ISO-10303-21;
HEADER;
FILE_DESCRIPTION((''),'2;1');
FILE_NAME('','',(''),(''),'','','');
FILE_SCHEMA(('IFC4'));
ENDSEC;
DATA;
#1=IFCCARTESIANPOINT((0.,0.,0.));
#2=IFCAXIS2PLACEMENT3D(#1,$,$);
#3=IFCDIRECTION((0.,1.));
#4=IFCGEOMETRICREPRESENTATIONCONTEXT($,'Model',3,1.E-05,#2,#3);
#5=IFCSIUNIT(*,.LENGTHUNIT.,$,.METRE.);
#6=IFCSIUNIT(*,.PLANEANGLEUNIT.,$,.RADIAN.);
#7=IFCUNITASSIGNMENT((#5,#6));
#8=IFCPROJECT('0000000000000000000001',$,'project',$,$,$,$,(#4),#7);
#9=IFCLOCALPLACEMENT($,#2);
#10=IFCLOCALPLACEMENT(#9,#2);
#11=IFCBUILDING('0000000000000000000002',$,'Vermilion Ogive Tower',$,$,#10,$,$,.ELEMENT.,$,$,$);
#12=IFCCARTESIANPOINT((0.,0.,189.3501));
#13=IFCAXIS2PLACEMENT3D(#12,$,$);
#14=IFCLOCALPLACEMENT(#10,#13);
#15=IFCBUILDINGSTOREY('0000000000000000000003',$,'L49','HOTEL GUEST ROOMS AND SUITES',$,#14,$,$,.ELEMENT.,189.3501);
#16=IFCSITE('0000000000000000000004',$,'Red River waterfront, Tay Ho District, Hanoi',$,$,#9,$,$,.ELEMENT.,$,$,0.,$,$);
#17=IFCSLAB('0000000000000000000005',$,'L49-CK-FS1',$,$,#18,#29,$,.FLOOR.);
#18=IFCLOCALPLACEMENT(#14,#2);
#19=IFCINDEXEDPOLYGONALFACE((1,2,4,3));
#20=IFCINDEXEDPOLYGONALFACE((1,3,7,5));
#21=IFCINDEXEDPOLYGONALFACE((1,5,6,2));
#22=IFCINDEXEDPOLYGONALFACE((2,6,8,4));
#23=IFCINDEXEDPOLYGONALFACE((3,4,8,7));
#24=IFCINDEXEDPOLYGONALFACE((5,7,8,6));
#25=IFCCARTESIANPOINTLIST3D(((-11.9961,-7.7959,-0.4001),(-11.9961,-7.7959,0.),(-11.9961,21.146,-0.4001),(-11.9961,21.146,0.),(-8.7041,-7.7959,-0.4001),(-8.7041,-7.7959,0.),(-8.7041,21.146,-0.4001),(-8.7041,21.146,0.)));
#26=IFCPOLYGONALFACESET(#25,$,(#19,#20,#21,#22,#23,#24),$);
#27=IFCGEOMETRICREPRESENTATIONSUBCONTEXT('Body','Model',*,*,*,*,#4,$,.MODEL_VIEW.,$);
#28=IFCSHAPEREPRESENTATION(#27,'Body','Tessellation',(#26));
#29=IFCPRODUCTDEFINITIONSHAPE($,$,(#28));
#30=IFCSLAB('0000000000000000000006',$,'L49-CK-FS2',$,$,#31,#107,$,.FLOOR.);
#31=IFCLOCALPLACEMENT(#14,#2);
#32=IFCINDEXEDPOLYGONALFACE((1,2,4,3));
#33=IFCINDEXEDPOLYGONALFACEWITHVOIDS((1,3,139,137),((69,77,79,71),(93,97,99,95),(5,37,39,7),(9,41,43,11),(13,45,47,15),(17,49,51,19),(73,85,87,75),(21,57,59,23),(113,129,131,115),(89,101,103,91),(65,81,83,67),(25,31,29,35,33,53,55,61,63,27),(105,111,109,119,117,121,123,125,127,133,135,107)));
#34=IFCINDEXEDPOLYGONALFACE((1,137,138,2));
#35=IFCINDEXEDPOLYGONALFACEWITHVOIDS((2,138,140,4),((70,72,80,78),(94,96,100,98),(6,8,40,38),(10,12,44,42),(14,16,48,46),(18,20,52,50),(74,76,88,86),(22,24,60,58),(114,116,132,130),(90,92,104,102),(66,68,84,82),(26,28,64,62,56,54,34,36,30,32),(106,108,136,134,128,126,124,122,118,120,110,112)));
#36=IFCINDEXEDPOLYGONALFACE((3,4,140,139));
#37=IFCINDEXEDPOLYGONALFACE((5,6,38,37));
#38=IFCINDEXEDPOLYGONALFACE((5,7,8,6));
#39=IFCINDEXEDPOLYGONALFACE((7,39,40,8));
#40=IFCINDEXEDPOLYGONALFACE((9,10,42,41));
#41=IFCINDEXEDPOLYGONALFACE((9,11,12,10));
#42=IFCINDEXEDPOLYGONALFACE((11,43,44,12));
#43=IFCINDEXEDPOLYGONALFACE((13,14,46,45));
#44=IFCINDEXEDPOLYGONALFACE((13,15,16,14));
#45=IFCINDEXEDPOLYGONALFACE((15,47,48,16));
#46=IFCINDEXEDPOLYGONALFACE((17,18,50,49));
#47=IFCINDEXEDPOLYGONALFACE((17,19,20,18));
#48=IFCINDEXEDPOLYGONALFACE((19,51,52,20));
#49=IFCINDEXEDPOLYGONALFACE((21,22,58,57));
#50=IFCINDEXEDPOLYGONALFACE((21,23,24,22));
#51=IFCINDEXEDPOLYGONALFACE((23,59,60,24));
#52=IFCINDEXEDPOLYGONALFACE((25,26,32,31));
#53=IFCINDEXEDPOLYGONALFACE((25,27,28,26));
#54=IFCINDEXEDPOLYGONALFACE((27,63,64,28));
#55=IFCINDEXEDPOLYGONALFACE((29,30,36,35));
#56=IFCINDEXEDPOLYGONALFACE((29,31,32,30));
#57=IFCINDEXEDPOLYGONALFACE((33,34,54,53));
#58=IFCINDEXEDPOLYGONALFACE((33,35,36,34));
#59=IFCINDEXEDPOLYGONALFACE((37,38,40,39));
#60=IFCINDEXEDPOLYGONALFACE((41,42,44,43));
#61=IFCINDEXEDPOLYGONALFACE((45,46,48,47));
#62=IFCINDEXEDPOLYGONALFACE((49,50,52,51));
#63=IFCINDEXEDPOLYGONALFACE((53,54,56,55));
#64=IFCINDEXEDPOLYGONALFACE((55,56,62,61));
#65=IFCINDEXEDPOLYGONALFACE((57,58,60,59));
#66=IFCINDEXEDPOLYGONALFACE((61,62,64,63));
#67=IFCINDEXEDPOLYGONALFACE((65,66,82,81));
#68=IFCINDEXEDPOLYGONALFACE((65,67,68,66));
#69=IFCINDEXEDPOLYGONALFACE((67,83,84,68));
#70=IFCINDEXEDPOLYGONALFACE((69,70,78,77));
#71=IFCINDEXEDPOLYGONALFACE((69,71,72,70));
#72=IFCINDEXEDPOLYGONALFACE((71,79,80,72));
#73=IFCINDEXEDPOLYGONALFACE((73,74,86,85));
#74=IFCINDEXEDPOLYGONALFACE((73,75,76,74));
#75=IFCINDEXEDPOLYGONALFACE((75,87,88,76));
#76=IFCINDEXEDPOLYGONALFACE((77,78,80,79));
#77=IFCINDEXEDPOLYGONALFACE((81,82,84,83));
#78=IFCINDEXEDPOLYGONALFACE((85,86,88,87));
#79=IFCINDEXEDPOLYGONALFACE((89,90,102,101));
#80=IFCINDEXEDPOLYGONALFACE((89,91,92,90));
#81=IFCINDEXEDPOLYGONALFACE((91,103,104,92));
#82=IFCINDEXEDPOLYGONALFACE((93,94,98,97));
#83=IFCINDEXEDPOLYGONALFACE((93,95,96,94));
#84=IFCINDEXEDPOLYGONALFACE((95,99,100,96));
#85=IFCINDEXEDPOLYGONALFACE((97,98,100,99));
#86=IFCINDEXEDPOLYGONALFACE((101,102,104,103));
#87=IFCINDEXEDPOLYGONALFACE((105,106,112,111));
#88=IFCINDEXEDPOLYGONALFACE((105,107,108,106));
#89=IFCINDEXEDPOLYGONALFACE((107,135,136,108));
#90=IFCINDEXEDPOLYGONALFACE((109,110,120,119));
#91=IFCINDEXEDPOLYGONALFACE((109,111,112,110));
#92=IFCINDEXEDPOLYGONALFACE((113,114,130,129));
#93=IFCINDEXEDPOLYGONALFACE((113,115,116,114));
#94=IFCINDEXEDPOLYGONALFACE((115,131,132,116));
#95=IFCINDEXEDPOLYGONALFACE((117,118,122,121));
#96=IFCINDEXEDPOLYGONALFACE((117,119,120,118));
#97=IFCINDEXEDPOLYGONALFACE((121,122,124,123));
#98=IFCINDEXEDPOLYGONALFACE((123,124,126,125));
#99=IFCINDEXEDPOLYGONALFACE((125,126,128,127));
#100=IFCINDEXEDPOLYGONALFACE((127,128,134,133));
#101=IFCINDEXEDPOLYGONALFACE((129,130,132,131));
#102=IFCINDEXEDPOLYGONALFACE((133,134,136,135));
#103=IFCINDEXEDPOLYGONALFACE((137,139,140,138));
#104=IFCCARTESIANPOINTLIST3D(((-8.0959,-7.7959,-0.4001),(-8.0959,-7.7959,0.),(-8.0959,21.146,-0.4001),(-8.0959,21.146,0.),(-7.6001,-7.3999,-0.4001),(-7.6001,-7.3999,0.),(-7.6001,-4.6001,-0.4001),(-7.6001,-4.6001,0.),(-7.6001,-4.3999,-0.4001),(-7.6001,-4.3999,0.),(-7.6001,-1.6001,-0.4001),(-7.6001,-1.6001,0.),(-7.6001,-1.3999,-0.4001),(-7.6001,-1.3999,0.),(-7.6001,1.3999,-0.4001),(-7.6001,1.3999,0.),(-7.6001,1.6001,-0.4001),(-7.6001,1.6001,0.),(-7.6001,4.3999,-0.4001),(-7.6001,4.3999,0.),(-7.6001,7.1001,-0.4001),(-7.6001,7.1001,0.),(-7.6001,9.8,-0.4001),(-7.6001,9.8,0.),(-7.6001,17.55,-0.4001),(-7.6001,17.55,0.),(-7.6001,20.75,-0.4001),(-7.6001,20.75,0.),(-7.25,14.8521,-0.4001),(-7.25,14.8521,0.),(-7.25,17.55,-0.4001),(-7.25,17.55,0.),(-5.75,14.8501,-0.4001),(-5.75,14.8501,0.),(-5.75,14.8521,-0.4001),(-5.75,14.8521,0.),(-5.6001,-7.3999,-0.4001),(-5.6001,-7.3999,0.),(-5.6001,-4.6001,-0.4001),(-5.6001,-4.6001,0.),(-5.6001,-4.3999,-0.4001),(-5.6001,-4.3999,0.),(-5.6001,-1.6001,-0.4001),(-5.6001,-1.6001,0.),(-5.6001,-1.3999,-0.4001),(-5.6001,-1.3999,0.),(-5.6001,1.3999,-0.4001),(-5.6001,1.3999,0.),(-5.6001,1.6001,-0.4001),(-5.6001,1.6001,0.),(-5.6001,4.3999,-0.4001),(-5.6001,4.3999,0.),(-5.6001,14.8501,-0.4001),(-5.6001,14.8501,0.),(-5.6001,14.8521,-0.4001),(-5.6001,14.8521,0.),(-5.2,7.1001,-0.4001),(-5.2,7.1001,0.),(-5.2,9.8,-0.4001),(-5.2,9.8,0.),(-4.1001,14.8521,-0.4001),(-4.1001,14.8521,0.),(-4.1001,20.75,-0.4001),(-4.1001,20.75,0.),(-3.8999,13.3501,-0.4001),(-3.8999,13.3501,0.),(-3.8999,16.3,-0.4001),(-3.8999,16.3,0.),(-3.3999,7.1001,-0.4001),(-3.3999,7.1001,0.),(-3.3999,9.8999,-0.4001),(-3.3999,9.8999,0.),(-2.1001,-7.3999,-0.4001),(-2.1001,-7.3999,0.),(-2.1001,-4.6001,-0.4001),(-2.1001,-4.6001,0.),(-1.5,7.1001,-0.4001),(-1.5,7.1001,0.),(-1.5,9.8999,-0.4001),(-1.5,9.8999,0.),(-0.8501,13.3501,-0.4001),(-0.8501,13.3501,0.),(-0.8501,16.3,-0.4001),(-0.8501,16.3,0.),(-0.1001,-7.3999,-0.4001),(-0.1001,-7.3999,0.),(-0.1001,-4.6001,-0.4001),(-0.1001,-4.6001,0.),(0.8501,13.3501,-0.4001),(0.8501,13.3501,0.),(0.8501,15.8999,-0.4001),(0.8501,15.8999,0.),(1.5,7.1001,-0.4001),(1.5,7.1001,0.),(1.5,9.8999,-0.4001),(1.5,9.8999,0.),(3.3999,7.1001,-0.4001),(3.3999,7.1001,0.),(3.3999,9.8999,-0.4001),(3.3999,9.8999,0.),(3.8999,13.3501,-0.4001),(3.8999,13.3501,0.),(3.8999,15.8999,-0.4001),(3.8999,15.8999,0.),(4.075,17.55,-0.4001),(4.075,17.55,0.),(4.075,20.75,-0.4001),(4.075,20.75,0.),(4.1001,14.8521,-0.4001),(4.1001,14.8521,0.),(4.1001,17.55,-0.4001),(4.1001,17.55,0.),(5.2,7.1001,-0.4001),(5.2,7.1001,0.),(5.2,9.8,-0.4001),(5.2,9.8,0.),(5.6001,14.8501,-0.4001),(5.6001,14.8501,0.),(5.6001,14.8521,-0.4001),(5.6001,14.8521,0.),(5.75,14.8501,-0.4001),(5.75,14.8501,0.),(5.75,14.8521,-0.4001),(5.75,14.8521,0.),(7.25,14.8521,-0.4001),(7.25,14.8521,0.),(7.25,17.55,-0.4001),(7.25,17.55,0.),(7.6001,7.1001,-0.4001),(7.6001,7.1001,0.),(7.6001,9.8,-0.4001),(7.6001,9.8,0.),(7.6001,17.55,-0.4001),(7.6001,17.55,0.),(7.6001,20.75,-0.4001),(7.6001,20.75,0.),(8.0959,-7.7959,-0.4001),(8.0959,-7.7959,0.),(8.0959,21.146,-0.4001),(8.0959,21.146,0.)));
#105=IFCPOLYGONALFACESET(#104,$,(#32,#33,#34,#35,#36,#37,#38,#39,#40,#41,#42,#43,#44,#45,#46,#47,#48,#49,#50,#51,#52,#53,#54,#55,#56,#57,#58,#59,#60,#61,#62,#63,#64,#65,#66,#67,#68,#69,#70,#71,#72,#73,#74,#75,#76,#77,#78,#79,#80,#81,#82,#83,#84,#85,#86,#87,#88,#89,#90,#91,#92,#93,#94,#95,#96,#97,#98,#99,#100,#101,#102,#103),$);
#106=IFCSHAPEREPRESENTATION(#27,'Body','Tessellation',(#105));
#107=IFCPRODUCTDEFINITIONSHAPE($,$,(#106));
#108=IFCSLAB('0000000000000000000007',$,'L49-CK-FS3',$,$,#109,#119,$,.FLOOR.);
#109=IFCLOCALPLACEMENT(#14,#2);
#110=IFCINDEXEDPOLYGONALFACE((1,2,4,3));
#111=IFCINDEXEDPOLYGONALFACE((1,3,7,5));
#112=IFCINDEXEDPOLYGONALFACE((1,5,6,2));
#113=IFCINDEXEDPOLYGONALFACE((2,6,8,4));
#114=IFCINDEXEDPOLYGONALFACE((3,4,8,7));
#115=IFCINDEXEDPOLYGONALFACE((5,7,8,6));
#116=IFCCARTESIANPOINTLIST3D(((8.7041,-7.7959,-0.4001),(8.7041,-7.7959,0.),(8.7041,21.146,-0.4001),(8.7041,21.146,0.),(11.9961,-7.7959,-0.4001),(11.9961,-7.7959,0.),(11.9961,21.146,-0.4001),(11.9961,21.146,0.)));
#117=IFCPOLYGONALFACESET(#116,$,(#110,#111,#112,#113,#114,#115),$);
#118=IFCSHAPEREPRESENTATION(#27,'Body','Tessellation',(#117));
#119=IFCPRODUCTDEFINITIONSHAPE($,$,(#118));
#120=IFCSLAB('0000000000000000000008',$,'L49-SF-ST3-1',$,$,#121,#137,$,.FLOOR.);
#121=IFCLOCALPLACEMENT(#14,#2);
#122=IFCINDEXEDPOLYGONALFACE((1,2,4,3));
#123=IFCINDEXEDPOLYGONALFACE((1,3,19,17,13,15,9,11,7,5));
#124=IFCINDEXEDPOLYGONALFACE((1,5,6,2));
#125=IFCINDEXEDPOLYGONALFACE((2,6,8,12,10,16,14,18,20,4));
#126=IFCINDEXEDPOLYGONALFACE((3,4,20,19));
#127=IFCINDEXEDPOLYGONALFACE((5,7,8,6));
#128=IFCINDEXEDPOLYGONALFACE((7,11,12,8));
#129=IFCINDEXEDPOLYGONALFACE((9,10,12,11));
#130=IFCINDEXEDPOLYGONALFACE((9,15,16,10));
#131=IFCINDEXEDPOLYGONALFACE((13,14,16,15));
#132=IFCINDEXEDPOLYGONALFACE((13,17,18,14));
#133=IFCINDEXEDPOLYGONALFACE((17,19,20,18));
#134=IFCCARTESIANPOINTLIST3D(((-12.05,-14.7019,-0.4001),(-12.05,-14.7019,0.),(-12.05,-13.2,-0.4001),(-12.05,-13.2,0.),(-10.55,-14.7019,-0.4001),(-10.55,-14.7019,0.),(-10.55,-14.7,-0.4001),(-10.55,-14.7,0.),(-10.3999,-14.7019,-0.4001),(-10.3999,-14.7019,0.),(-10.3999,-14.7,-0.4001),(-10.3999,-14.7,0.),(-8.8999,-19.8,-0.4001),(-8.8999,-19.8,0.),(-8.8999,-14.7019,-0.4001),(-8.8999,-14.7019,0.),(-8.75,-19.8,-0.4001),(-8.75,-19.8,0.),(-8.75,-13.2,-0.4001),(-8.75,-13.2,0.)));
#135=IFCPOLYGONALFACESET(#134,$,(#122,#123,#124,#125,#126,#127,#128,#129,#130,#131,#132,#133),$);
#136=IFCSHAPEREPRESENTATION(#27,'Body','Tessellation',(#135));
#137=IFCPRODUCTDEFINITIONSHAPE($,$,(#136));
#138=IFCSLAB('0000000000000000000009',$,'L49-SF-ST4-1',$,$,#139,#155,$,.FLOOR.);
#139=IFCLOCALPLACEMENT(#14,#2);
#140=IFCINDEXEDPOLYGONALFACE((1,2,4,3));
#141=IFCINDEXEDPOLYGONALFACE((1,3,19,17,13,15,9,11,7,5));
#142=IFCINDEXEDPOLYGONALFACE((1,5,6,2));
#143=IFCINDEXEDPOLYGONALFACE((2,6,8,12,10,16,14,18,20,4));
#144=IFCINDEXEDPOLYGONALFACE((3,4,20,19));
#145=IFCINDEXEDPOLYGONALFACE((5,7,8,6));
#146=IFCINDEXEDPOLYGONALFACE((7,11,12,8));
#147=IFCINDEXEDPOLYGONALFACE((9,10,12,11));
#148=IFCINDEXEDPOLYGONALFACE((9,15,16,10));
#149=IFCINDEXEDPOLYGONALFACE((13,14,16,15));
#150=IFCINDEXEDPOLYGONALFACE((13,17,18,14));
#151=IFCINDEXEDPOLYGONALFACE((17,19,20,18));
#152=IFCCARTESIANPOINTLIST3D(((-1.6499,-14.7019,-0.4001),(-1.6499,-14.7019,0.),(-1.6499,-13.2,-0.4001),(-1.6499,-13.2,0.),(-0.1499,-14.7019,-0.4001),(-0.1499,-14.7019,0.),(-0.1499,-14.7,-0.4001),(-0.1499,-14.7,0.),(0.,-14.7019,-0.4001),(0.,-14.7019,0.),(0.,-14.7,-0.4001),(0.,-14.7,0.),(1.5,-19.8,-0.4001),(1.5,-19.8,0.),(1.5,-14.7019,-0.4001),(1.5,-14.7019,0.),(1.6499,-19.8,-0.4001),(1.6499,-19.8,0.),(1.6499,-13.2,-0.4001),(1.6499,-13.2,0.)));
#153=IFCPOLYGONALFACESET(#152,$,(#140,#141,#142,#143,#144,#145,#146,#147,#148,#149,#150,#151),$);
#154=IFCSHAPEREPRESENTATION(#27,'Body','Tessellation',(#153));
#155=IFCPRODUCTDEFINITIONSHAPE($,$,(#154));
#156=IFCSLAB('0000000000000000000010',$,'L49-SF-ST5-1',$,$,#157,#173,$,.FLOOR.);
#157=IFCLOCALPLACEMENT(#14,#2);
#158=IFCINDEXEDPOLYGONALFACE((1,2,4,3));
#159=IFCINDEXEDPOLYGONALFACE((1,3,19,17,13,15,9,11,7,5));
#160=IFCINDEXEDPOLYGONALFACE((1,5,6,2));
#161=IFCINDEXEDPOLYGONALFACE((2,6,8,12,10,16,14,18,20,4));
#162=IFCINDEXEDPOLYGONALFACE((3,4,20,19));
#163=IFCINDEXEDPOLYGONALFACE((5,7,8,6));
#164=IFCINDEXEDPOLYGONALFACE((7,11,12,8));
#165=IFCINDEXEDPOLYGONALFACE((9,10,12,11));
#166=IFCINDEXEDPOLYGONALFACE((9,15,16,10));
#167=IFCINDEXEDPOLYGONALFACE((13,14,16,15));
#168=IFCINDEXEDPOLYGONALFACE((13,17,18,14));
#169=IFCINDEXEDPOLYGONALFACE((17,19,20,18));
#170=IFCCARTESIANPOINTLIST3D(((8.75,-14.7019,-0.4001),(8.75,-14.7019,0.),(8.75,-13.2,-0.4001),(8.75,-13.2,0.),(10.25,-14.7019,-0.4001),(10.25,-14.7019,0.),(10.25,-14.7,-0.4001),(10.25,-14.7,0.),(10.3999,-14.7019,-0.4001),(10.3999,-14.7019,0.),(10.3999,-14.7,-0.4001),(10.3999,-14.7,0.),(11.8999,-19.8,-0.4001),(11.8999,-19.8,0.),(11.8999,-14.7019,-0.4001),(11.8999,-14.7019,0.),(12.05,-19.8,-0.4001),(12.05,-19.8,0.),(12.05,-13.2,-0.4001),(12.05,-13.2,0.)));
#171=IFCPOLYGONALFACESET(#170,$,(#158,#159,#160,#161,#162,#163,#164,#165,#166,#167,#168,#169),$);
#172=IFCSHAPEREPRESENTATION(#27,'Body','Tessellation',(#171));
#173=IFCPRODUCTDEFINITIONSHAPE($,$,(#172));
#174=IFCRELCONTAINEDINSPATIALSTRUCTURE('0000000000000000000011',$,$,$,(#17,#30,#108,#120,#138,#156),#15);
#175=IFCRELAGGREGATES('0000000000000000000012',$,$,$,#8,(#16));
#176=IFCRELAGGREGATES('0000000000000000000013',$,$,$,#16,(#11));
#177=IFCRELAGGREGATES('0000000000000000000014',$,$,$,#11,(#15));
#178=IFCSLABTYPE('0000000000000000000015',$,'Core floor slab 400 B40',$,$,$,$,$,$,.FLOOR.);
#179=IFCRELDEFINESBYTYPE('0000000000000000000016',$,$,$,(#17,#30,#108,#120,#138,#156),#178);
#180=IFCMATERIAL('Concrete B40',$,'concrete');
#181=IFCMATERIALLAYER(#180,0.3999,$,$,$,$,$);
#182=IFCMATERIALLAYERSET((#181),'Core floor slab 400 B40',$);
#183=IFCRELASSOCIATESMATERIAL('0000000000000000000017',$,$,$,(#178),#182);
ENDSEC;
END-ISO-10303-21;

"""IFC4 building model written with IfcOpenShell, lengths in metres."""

from ifc_helpers import new_model, si_unit, direction, frame, origin, place, context, subcontext, project, spatial, polyline, outline, extrude, material, layer, layer_set, type_object, element, save


model = new_model("IFC4")

# Units and contexts
model_context = context("Model", 3, precision=1e-05, world=origin(), true_north=direction((0.0, 1.0)))
body_context = subcontext(model_context, "Body", "Model", "MODEL_VIEW")
ifc_project = project(units=[si_unit("LENGTHUNIT", "METRE"), si_unit("PLANEANGLEUNIT", "RADIAN")], contexts=[model_context])

# Site, building, storey
site_placement = place(None, origin())
site = spatial("IfcSite", under=ifc_project, at=site_placement, Name="Red River waterfront, Tay Ho District, Hanoi", CompositionType="ELEMENT", RefElevation=0.0)
building_placement = place(site_placement, origin())
building = spatial("IfcBuilding", under=site, at=building_placement, Name="Vermilion Ogive Tower", CompositionType="ELEMENT")
storey_placement = place(building_placement, frame((0.0, 0.0, 189.3501)))
storey = spatial("IfcBuildingStorey", under=building, at=storey_placement, Name="L49", Description="HOTEL GUEST ROOMS AND SUITES", CompositionType="ELEMENT", Elevation=189.3501)

# Slabs
ifc_material_1 = material(Name="Concrete B40", Category="concrete")
ifc_layer_1 = layer(ifc_material_1, 0.3999)
ifc_layer_set_1 = layer_set([ifc_layer_1], Name="Core floor slab 400 B40")
slab_type_1 = type_object("IfcSlabType", Name="Core floor slab 400 B40", PredefinedType="FLOOR", material=ifc_layer_set_1)
slab_1_placement = place(storey_placement, frame((0.0, 0.0, -0.4001)))
element("IfcSlab", 1, at=slab_1_placement, inside=storey, type_object=slab_type_1, Name="L49-CK-FS1", PredefinedType="FLOOR", context=body_context, shape_type="SweptSolid", body=[
    extrude(outline(polyline([(-11.9961, 21.146), (-8.7041, 21.146), (-8.7041, -7.7959), (-11.9961, -7.7959), (-11.9961, 21.146)])), origin(), (0.0, 0.0, 1.0), 0.4001),
])
slab_2_placement = place(storey_placement, frame((0.0, 0.0, -0.4001)))
element("IfcSlab", 2, at=slab_2_placement, inside=storey, type_object=slab_type_1, Name="L49-CK-FS2", PredefinedType="FLOOR", context=body_context, shape_type="SweptSolid", body=[
    extrude(outline(polyline([(-8.0959, -7.7959), (8.0959, -7.7959), (8.0959, 21.146), (-8.0959, 21.146), (-8.0959, -7.7959)]), holes=[polyline([(-7.6001, -7.3999), (-7.6001, -4.6001), (-5.6001, -4.6001), (-5.6001, -7.3999), (-7.6001, -7.3999)]), polyline([(-7.6001, -4.3999), (-7.6001, -1.6001), (-5.6001, -1.6001), (-5.6001, -4.3999), (-7.6001, -4.3999)]), polyline([(-7.6001, -1.3999), (-7.6001, 1.3999), (-5.6001, 1.3999), (-5.6001, -1.3999), (-7.6001, -1.3999)]), polyline([(-7.6001, 1.6001), (-7.6001, 4.3999), (-5.6001, 4.3999), (-5.6001, 1.6001), (-7.6001, 1.6001)]), polyline([(-7.6001, 7.1001), (-7.6001, 9.8), (-5.2, 9.8), (-5.2, 7.1001), (-7.6001, 7.1001)]), polyline([(-3.3999, 9.8999), (-1.5, 9.8999), (-1.5, 7.1001), (-3.3999, 7.1001), (-3.3999, 9.8999)]), polyline([(-7.6001, 17.55), (-7.6001, 20.75), (-4.1001, 20.75), (-4.1001, 14.8521), (-5.6001, 14.8521), (-5.6001, 14.8501), (-5.75, 14.8501), (-5.75, 14.8521), (-7.25, 14.8521), (-7.25, 17.55), (-7.6001, 17.55)]), polyline([(-2.1001, -7.3999), (-2.1001, -4.6001), (-0.1001, -4.6001), (-0.1001, -7.3999), (-2.1001, -7.3999)]), polyline([(5.2, 7.1001), (5.2, 9.8), (7.6001, 9.8), (7.6001, 7.1001), (5.2, 7.1001)]), polyline([(1.5, 7.1001), (1.5, 9.8999), (3.3999, 9.8999), (3.3999, 7.1001), (1.5, 7.1001)]), polyline([(0.8501, 13.3501), (0.8501, 15.8999), (3.8999, 15.8999), (3.8999, 13.3501), (0.8501, 13.3501)]), polyline([(-3.8999, 16.3), (-0.8501, 16.3), (-0.8501, 13.3501), (-3.8999, 13.3501), (-3.8999, 16.3)]), polyline([(5.75, 14.8501), (5.6001, 14.8501), (5.6001, 14.8521), (4.1001, 14.8521), (4.1001, 17.55), (4.075, 17.55), (4.075, 20.75), (7.6001, 20.75), (7.6001, 17.55), (7.25, 17.55), (7.25, 14.8521), (5.75, 14.8521), (5.75, 14.8501)])]), origin(), (0.0, 0.0, 1.0), 0.4001),
])
slab_3_placement = place(storey_placement, frame((0.0, 0.0, -0.4001)))
element("IfcSlab", 3, at=slab_3_placement, inside=storey, type_object=slab_type_1, Name="L49-CK-FS3", PredefinedType="FLOOR", context=body_context, shape_type="SweptSolid", body=[
    extrude(outline(polyline([(11.9961, 21.146), (11.9961, -7.7959), (8.7041, -7.7959), (8.7041, 21.146), (11.9961, 21.146)])), origin(), (0.0, 0.0, 1.0), 0.4001),
])
slab_4_placement = place(storey_placement, frame((0.0, 0.0, -0.4001)))
element("IfcSlab", 4, at=slab_4_placement, inside=storey, type_object=slab_type_1, Name="L49-SF-ST3-1", PredefinedType="FLOOR", context=body_context, shape_type="SweptSolid", body=[
    extrude(outline(polyline([(-12.05, -13.2), (-12.05, -14.7019), (-10.55, -14.7019), (-10.55, -14.7), (-10.3999, -14.7), (-10.3999, -14.7019), (-8.8999, -14.7019), (-8.8999, -19.8), (-8.75, -19.8), (-8.75, -13.2), (-12.05, -13.2)])), origin(), (0.0, 0.0, 1.0), 0.4001),
])
slab_5_placement = place(storey_placement, frame((0.0, 0.0, -0.4001)))
element("IfcSlab", 5, at=slab_5_placement, inside=storey, type_object=slab_type_1, Name="L49-SF-ST4-1", PredefinedType="FLOOR", context=body_context, shape_type="SweptSolid", body=[
    extrude(outline(polyline([(-1.6499, -13.2), (-1.6499, -14.7019), (-0.1499, -14.7019), (-0.1499, -14.7), (0.0, -14.7), (0.0, -14.7019), (1.5, -14.7019), (1.5, -19.8), (1.6499, -19.8), (1.6499, -13.2), (-1.6499, -13.2)])), origin(), (0.0, 0.0, 1.0), 0.4001),
])
slab_6_placement = place(storey_placement, frame((0.0, 0.0, -0.4001)))
element("IfcSlab", 6, at=slab_6_placement, inside=storey, type_object=slab_type_1, Name="L49-SF-ST5-1", PredefinedType="FLOOR", context=body_context, shape_type="SweptSolid", body=[
    extrude(outline(polyline([(8.75, -13.2), (8.75, -14.7019), (10.25, -14.7019), (10.25, -14.7), (10.3999, -14.7), (10.3999, -14.7019), (11.8999, -14.7019), (11.8999, -19.8), (12.05, -19.8), (12.05, -13.2), (8.75, -13.2)])), origin(), (0.0, 0.0, 1.0), 0.4001),
])

save(model, "model.ifc")
